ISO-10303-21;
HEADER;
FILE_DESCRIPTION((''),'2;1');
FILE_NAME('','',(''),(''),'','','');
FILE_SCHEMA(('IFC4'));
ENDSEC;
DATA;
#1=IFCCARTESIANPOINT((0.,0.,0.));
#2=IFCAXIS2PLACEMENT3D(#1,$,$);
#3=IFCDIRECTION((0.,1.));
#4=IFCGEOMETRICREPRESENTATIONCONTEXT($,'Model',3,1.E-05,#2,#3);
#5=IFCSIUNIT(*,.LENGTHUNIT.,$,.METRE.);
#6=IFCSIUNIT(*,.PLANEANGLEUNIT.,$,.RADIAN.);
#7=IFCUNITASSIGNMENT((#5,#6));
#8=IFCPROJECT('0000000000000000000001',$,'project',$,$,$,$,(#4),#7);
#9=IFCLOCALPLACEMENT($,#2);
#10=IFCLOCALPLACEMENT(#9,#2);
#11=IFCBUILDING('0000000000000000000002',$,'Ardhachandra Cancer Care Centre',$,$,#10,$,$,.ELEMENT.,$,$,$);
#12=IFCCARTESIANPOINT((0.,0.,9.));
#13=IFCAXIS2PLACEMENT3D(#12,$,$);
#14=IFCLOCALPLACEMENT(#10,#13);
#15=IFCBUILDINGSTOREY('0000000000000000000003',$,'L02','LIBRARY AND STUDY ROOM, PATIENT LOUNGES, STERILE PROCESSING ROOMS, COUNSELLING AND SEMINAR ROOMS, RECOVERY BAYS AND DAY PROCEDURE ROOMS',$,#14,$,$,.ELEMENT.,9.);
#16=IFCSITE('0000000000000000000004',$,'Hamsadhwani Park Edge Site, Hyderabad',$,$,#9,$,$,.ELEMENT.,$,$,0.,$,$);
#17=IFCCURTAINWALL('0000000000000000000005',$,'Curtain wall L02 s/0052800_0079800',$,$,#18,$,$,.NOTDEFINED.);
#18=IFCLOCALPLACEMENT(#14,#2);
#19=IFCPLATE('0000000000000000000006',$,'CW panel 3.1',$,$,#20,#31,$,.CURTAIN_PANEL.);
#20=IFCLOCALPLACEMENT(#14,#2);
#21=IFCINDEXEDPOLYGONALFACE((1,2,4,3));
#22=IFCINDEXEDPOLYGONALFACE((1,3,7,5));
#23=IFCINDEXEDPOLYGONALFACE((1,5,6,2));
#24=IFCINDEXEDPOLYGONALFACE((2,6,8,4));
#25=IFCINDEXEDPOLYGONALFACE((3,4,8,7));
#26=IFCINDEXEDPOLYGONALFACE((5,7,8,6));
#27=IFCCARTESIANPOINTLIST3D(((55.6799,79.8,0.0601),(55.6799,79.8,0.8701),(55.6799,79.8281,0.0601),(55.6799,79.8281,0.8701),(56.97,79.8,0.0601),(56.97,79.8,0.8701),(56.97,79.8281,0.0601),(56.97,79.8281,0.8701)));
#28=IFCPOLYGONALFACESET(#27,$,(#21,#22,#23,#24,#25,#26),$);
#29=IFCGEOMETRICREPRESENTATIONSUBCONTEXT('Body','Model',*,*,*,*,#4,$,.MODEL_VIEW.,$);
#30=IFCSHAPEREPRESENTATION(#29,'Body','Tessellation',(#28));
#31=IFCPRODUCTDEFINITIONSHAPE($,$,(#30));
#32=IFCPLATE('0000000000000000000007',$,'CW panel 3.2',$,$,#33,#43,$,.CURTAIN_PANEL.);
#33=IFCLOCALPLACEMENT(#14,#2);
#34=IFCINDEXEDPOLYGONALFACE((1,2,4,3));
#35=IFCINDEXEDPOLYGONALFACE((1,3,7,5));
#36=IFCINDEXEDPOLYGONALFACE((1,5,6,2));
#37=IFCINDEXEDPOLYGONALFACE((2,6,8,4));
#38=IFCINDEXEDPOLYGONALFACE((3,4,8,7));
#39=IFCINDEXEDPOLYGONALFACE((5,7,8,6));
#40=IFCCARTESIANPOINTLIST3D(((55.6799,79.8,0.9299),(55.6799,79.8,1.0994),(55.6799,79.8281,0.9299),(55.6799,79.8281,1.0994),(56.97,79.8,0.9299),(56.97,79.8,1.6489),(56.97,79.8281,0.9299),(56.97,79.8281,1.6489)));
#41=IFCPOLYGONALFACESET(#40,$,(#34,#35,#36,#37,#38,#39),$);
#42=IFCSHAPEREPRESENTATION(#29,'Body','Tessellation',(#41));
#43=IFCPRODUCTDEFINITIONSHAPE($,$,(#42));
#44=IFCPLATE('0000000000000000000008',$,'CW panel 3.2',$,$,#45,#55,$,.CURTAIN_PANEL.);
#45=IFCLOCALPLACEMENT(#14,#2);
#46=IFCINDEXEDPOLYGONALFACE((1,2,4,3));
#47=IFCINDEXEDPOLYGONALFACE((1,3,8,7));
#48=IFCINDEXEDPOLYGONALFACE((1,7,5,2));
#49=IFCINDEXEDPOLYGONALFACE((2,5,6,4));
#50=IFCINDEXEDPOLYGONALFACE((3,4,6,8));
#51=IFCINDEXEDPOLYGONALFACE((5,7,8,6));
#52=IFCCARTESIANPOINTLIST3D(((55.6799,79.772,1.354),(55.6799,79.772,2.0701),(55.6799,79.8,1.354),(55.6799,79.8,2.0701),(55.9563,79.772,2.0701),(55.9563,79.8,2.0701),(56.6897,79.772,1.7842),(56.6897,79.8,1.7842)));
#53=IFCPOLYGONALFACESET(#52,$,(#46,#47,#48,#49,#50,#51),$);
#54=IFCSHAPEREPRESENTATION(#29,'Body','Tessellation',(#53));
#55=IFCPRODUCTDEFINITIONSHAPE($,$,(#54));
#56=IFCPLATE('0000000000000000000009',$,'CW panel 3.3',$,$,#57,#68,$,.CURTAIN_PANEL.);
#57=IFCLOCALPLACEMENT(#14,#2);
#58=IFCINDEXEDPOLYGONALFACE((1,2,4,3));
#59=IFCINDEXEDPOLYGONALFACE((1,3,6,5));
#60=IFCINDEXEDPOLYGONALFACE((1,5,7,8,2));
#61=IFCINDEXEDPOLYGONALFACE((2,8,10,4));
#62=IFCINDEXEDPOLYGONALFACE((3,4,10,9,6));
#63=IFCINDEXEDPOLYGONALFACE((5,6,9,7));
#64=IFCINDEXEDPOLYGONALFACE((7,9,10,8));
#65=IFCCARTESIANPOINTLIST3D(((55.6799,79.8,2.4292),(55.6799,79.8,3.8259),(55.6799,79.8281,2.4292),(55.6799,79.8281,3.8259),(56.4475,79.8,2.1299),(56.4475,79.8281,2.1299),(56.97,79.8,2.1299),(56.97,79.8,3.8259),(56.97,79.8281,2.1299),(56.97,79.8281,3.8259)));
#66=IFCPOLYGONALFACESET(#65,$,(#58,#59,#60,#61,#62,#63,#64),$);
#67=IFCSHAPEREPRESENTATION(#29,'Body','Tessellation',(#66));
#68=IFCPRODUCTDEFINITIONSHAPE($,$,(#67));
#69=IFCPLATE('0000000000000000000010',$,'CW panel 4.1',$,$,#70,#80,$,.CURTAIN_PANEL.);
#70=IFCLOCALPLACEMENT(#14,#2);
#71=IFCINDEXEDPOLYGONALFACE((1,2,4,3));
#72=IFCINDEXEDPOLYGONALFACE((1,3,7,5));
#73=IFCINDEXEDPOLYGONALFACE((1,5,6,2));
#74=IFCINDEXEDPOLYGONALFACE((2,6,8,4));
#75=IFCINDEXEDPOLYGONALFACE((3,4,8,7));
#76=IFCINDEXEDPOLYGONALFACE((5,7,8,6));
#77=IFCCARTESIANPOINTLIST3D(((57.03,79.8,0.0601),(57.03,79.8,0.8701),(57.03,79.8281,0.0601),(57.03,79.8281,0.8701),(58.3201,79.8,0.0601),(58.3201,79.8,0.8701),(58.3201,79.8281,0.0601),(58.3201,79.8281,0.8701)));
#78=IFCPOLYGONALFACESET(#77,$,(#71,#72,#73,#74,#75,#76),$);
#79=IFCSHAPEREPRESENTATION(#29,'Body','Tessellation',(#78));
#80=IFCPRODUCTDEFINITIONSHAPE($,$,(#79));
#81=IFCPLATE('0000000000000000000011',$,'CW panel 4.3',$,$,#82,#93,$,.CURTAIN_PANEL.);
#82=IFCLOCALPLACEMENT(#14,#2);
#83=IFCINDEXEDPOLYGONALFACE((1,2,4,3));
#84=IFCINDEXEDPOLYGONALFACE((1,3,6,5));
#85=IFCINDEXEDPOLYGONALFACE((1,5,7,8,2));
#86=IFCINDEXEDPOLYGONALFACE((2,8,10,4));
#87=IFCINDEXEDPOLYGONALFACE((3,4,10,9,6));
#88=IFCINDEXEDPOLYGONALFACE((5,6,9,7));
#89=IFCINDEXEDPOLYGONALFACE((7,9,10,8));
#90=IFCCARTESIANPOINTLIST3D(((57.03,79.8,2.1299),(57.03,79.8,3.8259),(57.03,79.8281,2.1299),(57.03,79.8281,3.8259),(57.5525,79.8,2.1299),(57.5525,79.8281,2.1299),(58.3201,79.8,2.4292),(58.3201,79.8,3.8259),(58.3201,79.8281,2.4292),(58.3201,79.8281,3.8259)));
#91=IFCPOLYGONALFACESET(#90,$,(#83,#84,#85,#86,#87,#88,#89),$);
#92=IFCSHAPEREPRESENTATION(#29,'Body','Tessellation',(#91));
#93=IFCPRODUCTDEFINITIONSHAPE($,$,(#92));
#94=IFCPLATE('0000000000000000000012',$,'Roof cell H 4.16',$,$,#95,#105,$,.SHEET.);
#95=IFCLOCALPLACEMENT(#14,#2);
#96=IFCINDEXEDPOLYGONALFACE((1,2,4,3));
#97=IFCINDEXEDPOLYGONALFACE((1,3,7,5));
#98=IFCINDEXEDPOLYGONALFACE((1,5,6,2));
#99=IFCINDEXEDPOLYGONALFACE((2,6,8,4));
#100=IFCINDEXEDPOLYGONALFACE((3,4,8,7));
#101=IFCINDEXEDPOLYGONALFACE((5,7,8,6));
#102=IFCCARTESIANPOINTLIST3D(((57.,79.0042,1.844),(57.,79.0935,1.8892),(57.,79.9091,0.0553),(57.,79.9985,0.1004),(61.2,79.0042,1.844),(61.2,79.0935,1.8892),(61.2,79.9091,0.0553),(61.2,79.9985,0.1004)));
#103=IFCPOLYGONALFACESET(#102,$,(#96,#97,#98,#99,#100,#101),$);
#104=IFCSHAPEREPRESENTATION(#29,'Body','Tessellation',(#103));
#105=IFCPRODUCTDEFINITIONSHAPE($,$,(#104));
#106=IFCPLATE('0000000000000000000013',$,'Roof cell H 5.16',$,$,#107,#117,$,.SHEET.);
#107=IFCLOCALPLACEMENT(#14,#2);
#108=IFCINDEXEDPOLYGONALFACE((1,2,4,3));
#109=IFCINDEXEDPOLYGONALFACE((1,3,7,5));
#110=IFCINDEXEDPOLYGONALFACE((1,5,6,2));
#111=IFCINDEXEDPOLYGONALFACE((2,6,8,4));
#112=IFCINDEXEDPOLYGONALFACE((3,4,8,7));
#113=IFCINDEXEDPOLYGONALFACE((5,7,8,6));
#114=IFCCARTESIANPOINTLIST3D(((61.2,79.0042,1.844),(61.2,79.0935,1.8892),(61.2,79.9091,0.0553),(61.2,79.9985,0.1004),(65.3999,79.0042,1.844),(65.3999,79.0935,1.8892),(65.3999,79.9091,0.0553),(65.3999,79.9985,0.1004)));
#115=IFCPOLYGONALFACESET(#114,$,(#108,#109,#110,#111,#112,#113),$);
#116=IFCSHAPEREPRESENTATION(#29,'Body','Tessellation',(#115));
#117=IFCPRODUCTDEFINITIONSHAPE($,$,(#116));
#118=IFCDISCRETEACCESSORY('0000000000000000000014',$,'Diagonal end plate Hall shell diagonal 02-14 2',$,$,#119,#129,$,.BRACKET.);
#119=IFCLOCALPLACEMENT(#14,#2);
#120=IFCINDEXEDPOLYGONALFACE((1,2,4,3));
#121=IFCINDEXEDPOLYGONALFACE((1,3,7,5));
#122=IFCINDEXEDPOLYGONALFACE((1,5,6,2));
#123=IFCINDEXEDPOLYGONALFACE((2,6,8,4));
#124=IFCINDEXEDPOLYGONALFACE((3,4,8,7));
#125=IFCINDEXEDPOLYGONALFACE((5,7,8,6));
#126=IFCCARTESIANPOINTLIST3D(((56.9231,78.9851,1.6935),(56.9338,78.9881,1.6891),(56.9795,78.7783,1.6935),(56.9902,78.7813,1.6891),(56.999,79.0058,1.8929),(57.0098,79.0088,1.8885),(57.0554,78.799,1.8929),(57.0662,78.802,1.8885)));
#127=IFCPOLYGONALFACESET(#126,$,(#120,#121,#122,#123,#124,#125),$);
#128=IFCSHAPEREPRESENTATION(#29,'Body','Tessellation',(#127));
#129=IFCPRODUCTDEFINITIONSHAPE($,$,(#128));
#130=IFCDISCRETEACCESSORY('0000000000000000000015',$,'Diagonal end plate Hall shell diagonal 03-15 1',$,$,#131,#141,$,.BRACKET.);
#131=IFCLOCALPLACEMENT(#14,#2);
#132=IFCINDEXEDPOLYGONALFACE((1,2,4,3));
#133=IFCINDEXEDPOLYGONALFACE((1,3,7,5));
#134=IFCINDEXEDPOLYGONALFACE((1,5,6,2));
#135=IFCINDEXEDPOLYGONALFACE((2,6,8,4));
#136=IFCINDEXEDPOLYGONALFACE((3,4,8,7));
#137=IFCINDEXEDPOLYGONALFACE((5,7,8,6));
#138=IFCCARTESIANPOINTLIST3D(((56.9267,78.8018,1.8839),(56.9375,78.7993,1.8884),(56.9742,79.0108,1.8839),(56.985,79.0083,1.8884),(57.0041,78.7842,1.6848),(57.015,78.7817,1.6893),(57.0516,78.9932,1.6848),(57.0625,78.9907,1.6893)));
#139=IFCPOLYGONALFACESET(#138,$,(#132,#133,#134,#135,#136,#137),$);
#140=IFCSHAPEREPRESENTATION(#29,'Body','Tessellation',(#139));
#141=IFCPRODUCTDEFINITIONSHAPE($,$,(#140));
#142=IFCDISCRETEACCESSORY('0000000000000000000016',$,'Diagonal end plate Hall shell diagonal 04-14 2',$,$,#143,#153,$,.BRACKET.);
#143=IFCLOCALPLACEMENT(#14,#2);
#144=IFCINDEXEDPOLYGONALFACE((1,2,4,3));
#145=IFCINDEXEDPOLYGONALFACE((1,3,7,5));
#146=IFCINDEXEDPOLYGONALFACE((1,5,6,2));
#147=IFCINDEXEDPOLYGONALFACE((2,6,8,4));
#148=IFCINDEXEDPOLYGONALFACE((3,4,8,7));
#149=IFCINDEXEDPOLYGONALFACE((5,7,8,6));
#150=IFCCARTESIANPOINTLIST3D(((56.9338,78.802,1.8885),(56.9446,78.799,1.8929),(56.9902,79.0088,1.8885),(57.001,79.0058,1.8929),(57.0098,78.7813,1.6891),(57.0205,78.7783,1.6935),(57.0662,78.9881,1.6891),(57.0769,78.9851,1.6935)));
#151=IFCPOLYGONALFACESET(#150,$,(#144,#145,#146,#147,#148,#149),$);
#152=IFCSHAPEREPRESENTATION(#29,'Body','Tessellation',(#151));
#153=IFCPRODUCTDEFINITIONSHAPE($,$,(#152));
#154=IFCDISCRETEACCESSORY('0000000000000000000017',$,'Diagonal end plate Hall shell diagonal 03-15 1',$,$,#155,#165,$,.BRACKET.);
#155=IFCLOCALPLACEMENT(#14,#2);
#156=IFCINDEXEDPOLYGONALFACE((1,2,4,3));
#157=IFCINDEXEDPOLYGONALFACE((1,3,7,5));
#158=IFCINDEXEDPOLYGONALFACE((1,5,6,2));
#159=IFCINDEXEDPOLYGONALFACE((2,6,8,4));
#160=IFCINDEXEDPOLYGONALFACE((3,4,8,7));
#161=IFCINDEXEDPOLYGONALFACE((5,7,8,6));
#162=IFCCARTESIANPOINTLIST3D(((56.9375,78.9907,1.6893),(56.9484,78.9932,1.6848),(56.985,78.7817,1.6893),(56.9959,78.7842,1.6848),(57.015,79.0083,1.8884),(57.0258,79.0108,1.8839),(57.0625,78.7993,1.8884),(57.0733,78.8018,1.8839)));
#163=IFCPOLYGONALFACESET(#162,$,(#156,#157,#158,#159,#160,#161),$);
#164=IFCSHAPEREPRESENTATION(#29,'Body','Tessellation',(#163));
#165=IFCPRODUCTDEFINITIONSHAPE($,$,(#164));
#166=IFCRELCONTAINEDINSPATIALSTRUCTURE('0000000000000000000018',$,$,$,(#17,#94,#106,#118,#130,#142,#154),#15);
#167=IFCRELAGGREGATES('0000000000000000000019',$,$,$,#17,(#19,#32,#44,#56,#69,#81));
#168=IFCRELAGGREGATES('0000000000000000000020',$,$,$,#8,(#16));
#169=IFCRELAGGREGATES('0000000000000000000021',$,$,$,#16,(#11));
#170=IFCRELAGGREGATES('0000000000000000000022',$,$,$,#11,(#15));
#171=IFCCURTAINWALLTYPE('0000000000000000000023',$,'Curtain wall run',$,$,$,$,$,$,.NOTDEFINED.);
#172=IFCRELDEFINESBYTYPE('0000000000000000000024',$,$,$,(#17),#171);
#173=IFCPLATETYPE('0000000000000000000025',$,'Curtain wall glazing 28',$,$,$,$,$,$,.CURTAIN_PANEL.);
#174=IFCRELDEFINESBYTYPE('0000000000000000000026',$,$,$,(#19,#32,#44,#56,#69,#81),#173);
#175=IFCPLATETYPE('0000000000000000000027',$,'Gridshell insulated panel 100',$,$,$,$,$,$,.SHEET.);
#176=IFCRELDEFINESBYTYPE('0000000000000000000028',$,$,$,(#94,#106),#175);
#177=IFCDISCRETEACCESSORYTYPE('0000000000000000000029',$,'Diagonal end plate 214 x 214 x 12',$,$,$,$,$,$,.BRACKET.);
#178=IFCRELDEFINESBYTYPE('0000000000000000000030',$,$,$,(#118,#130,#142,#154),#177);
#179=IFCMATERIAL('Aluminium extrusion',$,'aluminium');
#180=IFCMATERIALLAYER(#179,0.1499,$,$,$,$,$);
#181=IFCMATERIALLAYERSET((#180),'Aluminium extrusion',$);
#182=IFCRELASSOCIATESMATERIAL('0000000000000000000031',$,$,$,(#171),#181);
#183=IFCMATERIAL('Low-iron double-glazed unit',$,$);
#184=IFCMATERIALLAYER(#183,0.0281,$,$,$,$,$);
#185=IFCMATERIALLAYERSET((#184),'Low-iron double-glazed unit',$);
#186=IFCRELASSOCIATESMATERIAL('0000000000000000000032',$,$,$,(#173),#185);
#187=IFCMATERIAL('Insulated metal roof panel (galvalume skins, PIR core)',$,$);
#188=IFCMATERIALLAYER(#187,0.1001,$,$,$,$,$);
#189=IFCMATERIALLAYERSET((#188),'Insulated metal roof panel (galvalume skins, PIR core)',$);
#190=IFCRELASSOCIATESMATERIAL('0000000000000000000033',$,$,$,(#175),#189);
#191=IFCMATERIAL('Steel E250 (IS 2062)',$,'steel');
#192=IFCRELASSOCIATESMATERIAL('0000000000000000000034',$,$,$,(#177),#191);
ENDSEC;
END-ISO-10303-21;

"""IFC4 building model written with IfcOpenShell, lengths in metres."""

from ifc_helpers import new_model, si_unit, direction, frame, origin, origin_2d, place, context, subcontext, project, spatial, polyline, rectangle, outline, extrude, material, layer, layer_set, material_profile, profile_set, type_object, element, aggregate, save


model = new_model("IFC4")

# Units and contexts
model_context = context("Model", 3, precision=1e-05, world=origin(), true_north=direction((0.0, 1.0)))
body_context = subcontext(model_context, "Body", "Model", "MODEL_VIEW")
ifc_project = project(units=[si_unit("LENGTHUNIT", "METRE"), si_unit("PLANEANGLEUNIT", "RADIAN")], contexts=[model_context])

# Site, building, storey
site_placement = place(None, origin())
site = spatial("IfcSite", under=ifc_project, at=site_placement, Name="Hamsadhwani Park Edge Site, Hyderabad", CompositionType="ELEMENT", RefElevation=0.0)
building_placement = place(site_placement, origin())
building = spatial("IfcBuilding", under=site, at=building_placement, Name="Ardhachandra Cancer Care Centre", CompositionType="ELEMENT")
storey_placement = place(building_placement, frame((0.0, 0.0, 9.0)))
storey = spatial("IfcBuildingStorey", under=building, at=storey_placement, Name="L02", Description="LIBRARY AND STUDY ROOM, PATIENT LOUNGES, STERILE PROCESSING ROOMS, COUNSELLING AND SEMINAR ROOMS, RECOVERY BAYS AND DAY PROCEDURE ROOMS", CompositionType="ELEMENT", Elevation=9.0)

# Curtain wall
ifc_material_1 = material(Name="Aluminium extrusion", Category="aluminium")
ifc_layer_1 = layer(ifc_material_1, 0.1499)
ifc_layer_set_1 = layer_set([ifc_layer_1], Name="Aluminium extrusion")
curtain_wall_type = type_object("IfcCurtainWallType", Name="Curtain wall run", PredefinedType="NOTDEFINED", material=ifc_layer_set_1)
curtain_wall_placement = place(storey_placement, origin())
curtain_wall = element("IfcCurtainWall", 1, at=curtain_wall_placement, inside=storey, type_object=curtain_wall_type, Name="Curtain wall L02 s/0052800_0079800", PredefinedType="NOTDEFINED")

# Plates
ifc_material_2 = material(Name="Low-iron double-glazed unit")
ifc_layer_2 = layer(ifc_material_2, 0.0281)
ifc_layer_set_2 = layer_set([ifc_layer_2], Name="Low-iron double-glazed unit")
plate_type_1 = type_object("IfcPlateType", Name="Curtain wall glazing 28", PredefinedType="CURTAIN_PANEL", material=ifc_layer_set_2)
plate_1_placement = place(storey_placement, frame((55.6799, 79.8, 0.0601), z_axis=(0.0, 1.0, 0.0), x_axis=(0.0, 0.0, 1.0)))
plate_1 = element("IfcPlate", 2, at=plate_1_placement, type_object=plate_type_1, Name="CW panel 3.1", PredefinedType="CURTAIN_PANEL", context=body_context, shape_type="SweptSolid", body=[
    extrude(outline(polyline([(0.0, 0.0), (0.8101, 0.0), (0.8101, 1.29), (0.0, 1.29), (0.0, 0.0)])), origin(), (0.0, 0.0, 1.0), 0.0281),
])
plate_2_placement = place(storey_placement, frame((56.97, 79.8, 0.9299), z_axis=(0.0, 1.0, 0.0), x_axis=(-1.0, 0.0, 0.0)))
plate_2 = element("IfcPlate", 3, at=plate_2_placement, type_object=plate_type_1, Name="CW panel 3.2", PredefinedType="CURTAIN_PANEL", context=body_context, shape_type="SweptSolid", body=[
    extrude(outline(polyline([(0.0, 0.0), (1.29, 0.0), (1.29, 0.1694), (0.0, 0.719), (0.0, 0.0)])), origin(), (0.0, 0.0, 1.0), 0.0281),
])
plate_3_placement = place(storey_placement, frame((55.6799, 79.8, 2.0701), z_axis=(0.0, 1.0, 0.0), x_axis=(1.0, 0.0, 0.0)))
plate_3 = element("IfcPlate", 4, at=plate_3_placement, type_object=plate_type_1, Name="CW panel 3.2", PredefinedType="CURTAIN_PANEL", context=body_context, shape_type="SweptSolid", body=[
    extrude(outline(polyline([(0.0, 0.0), (0.2764, 0.0), (1.0098, 0.2859), (0.0, 0.7161), (0.0, 0.0)])), frame((0.0, 0.0, -0.0281)), (0.0, 0.0, 1.0), 0.0281),
])
plate_4_placement = place(storey_placement, frame((55.6799, 79.8, 3.8259), z_axis=(0.0, 1.0, 0.0), x_axis=(1.0, 0.0, 0.0)))
plate_4 = element("IfcPlate", 5, at=plate_4_placement, type_object=plate_type_1, Name="CW panel 3.3", PredefinedType="CURTAIN_PANEL", context=body_context, shape_type="SweptSolid", body=[
    extrude(outline(polyline([(0.0, 0.0), (1.29, 0.0), (1.29, 1.696), (0.7676, 1.696), (0.0, 1.3967), (0.0, 0.0)])), origin(), (0.0, 0.0, 1.0), 0.0281),
])
plate_5_placement = place(storey_placement, frame((57.03, 79.8, 0.0601), z_axis=(0.0, 1.0, 0.0), x_axis=(0.0, 0.0, 1.0)))
plate_5 = element("IfcPlate", 6, at=plate_5_placement, type_object=plate_type_1, Name="CW panel 4.1", PredefinedType="CURTAIN_PANEL", context=body_context, shape_type="SweptSolid", body=[
    extrude(outline(polyline([(0.0, 0.0), (0.8101, 0.0), (0.8101, 1.29), (0.0, 1.29), (0.0, 0.0)])), origin(), (0.0, 0.0, 1.0), 0.0281),
])
plate_6_placement = place(storey_placement, frame((57.03, 79.8, 2.1299), z_axis=(0.0, 1.0, 0.0), x_axis=(0.0, 0.0, 1.0)))
plate_6 = element("IfcPlate", 7, at=plate_6_placement, type_object=plate_type_1, Name="CW panel 4.3", PredefinedType="CURTAIN_PANEL", context=body_context, shape_type="SweptSolid", body=[
    extrude(outline(polyline([(0.0, 0.0), (1.696, 0.0), (1.696, 1.29), (0.2993, 1.29), (0.0, 0.5225), (0.0, 0.0)])), origin(), (0.0, 0.0, 1.0), 0.0281),
])
aggregate(curtain_wall, [plate_1, plate_2, plate_3, plate_4, plate_5, plate_6])

# Plates
ifc_material_3 = material(Name="Insulated metal roof panel (galvalume skins, PIR core)")
ifc_layer_3 = layer(ifc_material_3, 0.1001)
ifc_layer_set_3 = layer_set([ifc_layer_3], Name="Insulated metal roof panel (galvalume skins, PIR core)")
plate_type_2 = type_object("IfcPlateType", Name="Gridshell insulated panel 100", PredefinedType="SHEET", material=ifc_layer_set_3)
for number, where, z_axis, x_axis, name in (
    (8, (57.0, 79.0042, 1.844), (0.0, 0.892298, 0.451447), (1.0, 0.0, 0.0), "Roof cell H 4.16"),
    (9, (61.2, 79.0042, 1.844), (0.0, 0.892298, 0.451447), (1.0, 0.0, 0.0), "Roof cell H 5.16"),
):
    element("IfcPlate", number, at=place(storey_placement, frame(where, z_axis=z_axis, x_axis=x_axis)), inside=storey, type_object=plate_type_2, Name=name, PredefinedType="SHEET", context=body_context, shape_type="SweptSolid", body=[
        extrude(outline(polyline([(0.0, 0.0), (4.2, 0.0), (4.2, 2.0046), (0.0, 2.0046), (0.0, 0.0)])), origin(), (0.0, 0.0, 1.0), 0.1001),
    ])

# Discrete accessories
ifc_material_4 = material(Name="Steel E250 (IS 2062)", Category="steel")
ifc_material_profile_1 = material_profile(ifc_material_4, rectangle(XDim=0.2144, YDim=0.2144, at=origin_2d()), Name="PL 214x214x12")
ifc_profile_set_1 = profile_set([ifc_material_profile_1], Name="Steel E250 (IS 2062)")
discrete_accessory_type = type_object("IfcDiscreteAccessoryType", Name="Diagonal end plate 214 x 214 x 12", PredefinedType="BRACKET", material=ifc_profile_set_1)
for number, where, z_axis, x_axis, name in (
    (10, (57.0, 78.895, 1.7888), (-0.897399, -0.244745, 0.367118), (0.263117, -0.964764, 0.0), "Diagonal end plate Hall shell diagonal 02-14 2"),
    (11, (57.0, 78.895, 1.7888), (-0.905726, 0.205847, -0.370524), (-0.221621, -0.975133, 0.0), "Diagonal end plate Hall shell diagonal 03-15 1"),
    (12, (57.0, 78.895, 1.7888), (0.897399, -0.244745, 0.367118), (0.263117, 0.964764, 0.0), "Diagonal end plate Hall shell diagonal 04-14 2"),
    (13, (57.0, 78.895, 1.7888), (0.905726, 0.205847, -0.370524), (-0.221621, 0.975133, 0.0), "Diagonal end plate Hall shell diagonal 03-15 1"),
):
    element("IfcDiscreteAccessory", number, at=place(storey_placement, frame(where, z_axis=z_axis, x_axis=x_axis)), inside=storey, type_object=discrete_accessory_type, Name=name, PredefinedType="BRACKET", context=body_context, shape_type="SweptSolid", body=[
        extrude(rectangle(XDim=0.2144, YDim=0.2144, at=origin_2d()), origin(), (0.0, 0.0, 1.0), 0.012),
    ])

save(model, "model.ifc")
